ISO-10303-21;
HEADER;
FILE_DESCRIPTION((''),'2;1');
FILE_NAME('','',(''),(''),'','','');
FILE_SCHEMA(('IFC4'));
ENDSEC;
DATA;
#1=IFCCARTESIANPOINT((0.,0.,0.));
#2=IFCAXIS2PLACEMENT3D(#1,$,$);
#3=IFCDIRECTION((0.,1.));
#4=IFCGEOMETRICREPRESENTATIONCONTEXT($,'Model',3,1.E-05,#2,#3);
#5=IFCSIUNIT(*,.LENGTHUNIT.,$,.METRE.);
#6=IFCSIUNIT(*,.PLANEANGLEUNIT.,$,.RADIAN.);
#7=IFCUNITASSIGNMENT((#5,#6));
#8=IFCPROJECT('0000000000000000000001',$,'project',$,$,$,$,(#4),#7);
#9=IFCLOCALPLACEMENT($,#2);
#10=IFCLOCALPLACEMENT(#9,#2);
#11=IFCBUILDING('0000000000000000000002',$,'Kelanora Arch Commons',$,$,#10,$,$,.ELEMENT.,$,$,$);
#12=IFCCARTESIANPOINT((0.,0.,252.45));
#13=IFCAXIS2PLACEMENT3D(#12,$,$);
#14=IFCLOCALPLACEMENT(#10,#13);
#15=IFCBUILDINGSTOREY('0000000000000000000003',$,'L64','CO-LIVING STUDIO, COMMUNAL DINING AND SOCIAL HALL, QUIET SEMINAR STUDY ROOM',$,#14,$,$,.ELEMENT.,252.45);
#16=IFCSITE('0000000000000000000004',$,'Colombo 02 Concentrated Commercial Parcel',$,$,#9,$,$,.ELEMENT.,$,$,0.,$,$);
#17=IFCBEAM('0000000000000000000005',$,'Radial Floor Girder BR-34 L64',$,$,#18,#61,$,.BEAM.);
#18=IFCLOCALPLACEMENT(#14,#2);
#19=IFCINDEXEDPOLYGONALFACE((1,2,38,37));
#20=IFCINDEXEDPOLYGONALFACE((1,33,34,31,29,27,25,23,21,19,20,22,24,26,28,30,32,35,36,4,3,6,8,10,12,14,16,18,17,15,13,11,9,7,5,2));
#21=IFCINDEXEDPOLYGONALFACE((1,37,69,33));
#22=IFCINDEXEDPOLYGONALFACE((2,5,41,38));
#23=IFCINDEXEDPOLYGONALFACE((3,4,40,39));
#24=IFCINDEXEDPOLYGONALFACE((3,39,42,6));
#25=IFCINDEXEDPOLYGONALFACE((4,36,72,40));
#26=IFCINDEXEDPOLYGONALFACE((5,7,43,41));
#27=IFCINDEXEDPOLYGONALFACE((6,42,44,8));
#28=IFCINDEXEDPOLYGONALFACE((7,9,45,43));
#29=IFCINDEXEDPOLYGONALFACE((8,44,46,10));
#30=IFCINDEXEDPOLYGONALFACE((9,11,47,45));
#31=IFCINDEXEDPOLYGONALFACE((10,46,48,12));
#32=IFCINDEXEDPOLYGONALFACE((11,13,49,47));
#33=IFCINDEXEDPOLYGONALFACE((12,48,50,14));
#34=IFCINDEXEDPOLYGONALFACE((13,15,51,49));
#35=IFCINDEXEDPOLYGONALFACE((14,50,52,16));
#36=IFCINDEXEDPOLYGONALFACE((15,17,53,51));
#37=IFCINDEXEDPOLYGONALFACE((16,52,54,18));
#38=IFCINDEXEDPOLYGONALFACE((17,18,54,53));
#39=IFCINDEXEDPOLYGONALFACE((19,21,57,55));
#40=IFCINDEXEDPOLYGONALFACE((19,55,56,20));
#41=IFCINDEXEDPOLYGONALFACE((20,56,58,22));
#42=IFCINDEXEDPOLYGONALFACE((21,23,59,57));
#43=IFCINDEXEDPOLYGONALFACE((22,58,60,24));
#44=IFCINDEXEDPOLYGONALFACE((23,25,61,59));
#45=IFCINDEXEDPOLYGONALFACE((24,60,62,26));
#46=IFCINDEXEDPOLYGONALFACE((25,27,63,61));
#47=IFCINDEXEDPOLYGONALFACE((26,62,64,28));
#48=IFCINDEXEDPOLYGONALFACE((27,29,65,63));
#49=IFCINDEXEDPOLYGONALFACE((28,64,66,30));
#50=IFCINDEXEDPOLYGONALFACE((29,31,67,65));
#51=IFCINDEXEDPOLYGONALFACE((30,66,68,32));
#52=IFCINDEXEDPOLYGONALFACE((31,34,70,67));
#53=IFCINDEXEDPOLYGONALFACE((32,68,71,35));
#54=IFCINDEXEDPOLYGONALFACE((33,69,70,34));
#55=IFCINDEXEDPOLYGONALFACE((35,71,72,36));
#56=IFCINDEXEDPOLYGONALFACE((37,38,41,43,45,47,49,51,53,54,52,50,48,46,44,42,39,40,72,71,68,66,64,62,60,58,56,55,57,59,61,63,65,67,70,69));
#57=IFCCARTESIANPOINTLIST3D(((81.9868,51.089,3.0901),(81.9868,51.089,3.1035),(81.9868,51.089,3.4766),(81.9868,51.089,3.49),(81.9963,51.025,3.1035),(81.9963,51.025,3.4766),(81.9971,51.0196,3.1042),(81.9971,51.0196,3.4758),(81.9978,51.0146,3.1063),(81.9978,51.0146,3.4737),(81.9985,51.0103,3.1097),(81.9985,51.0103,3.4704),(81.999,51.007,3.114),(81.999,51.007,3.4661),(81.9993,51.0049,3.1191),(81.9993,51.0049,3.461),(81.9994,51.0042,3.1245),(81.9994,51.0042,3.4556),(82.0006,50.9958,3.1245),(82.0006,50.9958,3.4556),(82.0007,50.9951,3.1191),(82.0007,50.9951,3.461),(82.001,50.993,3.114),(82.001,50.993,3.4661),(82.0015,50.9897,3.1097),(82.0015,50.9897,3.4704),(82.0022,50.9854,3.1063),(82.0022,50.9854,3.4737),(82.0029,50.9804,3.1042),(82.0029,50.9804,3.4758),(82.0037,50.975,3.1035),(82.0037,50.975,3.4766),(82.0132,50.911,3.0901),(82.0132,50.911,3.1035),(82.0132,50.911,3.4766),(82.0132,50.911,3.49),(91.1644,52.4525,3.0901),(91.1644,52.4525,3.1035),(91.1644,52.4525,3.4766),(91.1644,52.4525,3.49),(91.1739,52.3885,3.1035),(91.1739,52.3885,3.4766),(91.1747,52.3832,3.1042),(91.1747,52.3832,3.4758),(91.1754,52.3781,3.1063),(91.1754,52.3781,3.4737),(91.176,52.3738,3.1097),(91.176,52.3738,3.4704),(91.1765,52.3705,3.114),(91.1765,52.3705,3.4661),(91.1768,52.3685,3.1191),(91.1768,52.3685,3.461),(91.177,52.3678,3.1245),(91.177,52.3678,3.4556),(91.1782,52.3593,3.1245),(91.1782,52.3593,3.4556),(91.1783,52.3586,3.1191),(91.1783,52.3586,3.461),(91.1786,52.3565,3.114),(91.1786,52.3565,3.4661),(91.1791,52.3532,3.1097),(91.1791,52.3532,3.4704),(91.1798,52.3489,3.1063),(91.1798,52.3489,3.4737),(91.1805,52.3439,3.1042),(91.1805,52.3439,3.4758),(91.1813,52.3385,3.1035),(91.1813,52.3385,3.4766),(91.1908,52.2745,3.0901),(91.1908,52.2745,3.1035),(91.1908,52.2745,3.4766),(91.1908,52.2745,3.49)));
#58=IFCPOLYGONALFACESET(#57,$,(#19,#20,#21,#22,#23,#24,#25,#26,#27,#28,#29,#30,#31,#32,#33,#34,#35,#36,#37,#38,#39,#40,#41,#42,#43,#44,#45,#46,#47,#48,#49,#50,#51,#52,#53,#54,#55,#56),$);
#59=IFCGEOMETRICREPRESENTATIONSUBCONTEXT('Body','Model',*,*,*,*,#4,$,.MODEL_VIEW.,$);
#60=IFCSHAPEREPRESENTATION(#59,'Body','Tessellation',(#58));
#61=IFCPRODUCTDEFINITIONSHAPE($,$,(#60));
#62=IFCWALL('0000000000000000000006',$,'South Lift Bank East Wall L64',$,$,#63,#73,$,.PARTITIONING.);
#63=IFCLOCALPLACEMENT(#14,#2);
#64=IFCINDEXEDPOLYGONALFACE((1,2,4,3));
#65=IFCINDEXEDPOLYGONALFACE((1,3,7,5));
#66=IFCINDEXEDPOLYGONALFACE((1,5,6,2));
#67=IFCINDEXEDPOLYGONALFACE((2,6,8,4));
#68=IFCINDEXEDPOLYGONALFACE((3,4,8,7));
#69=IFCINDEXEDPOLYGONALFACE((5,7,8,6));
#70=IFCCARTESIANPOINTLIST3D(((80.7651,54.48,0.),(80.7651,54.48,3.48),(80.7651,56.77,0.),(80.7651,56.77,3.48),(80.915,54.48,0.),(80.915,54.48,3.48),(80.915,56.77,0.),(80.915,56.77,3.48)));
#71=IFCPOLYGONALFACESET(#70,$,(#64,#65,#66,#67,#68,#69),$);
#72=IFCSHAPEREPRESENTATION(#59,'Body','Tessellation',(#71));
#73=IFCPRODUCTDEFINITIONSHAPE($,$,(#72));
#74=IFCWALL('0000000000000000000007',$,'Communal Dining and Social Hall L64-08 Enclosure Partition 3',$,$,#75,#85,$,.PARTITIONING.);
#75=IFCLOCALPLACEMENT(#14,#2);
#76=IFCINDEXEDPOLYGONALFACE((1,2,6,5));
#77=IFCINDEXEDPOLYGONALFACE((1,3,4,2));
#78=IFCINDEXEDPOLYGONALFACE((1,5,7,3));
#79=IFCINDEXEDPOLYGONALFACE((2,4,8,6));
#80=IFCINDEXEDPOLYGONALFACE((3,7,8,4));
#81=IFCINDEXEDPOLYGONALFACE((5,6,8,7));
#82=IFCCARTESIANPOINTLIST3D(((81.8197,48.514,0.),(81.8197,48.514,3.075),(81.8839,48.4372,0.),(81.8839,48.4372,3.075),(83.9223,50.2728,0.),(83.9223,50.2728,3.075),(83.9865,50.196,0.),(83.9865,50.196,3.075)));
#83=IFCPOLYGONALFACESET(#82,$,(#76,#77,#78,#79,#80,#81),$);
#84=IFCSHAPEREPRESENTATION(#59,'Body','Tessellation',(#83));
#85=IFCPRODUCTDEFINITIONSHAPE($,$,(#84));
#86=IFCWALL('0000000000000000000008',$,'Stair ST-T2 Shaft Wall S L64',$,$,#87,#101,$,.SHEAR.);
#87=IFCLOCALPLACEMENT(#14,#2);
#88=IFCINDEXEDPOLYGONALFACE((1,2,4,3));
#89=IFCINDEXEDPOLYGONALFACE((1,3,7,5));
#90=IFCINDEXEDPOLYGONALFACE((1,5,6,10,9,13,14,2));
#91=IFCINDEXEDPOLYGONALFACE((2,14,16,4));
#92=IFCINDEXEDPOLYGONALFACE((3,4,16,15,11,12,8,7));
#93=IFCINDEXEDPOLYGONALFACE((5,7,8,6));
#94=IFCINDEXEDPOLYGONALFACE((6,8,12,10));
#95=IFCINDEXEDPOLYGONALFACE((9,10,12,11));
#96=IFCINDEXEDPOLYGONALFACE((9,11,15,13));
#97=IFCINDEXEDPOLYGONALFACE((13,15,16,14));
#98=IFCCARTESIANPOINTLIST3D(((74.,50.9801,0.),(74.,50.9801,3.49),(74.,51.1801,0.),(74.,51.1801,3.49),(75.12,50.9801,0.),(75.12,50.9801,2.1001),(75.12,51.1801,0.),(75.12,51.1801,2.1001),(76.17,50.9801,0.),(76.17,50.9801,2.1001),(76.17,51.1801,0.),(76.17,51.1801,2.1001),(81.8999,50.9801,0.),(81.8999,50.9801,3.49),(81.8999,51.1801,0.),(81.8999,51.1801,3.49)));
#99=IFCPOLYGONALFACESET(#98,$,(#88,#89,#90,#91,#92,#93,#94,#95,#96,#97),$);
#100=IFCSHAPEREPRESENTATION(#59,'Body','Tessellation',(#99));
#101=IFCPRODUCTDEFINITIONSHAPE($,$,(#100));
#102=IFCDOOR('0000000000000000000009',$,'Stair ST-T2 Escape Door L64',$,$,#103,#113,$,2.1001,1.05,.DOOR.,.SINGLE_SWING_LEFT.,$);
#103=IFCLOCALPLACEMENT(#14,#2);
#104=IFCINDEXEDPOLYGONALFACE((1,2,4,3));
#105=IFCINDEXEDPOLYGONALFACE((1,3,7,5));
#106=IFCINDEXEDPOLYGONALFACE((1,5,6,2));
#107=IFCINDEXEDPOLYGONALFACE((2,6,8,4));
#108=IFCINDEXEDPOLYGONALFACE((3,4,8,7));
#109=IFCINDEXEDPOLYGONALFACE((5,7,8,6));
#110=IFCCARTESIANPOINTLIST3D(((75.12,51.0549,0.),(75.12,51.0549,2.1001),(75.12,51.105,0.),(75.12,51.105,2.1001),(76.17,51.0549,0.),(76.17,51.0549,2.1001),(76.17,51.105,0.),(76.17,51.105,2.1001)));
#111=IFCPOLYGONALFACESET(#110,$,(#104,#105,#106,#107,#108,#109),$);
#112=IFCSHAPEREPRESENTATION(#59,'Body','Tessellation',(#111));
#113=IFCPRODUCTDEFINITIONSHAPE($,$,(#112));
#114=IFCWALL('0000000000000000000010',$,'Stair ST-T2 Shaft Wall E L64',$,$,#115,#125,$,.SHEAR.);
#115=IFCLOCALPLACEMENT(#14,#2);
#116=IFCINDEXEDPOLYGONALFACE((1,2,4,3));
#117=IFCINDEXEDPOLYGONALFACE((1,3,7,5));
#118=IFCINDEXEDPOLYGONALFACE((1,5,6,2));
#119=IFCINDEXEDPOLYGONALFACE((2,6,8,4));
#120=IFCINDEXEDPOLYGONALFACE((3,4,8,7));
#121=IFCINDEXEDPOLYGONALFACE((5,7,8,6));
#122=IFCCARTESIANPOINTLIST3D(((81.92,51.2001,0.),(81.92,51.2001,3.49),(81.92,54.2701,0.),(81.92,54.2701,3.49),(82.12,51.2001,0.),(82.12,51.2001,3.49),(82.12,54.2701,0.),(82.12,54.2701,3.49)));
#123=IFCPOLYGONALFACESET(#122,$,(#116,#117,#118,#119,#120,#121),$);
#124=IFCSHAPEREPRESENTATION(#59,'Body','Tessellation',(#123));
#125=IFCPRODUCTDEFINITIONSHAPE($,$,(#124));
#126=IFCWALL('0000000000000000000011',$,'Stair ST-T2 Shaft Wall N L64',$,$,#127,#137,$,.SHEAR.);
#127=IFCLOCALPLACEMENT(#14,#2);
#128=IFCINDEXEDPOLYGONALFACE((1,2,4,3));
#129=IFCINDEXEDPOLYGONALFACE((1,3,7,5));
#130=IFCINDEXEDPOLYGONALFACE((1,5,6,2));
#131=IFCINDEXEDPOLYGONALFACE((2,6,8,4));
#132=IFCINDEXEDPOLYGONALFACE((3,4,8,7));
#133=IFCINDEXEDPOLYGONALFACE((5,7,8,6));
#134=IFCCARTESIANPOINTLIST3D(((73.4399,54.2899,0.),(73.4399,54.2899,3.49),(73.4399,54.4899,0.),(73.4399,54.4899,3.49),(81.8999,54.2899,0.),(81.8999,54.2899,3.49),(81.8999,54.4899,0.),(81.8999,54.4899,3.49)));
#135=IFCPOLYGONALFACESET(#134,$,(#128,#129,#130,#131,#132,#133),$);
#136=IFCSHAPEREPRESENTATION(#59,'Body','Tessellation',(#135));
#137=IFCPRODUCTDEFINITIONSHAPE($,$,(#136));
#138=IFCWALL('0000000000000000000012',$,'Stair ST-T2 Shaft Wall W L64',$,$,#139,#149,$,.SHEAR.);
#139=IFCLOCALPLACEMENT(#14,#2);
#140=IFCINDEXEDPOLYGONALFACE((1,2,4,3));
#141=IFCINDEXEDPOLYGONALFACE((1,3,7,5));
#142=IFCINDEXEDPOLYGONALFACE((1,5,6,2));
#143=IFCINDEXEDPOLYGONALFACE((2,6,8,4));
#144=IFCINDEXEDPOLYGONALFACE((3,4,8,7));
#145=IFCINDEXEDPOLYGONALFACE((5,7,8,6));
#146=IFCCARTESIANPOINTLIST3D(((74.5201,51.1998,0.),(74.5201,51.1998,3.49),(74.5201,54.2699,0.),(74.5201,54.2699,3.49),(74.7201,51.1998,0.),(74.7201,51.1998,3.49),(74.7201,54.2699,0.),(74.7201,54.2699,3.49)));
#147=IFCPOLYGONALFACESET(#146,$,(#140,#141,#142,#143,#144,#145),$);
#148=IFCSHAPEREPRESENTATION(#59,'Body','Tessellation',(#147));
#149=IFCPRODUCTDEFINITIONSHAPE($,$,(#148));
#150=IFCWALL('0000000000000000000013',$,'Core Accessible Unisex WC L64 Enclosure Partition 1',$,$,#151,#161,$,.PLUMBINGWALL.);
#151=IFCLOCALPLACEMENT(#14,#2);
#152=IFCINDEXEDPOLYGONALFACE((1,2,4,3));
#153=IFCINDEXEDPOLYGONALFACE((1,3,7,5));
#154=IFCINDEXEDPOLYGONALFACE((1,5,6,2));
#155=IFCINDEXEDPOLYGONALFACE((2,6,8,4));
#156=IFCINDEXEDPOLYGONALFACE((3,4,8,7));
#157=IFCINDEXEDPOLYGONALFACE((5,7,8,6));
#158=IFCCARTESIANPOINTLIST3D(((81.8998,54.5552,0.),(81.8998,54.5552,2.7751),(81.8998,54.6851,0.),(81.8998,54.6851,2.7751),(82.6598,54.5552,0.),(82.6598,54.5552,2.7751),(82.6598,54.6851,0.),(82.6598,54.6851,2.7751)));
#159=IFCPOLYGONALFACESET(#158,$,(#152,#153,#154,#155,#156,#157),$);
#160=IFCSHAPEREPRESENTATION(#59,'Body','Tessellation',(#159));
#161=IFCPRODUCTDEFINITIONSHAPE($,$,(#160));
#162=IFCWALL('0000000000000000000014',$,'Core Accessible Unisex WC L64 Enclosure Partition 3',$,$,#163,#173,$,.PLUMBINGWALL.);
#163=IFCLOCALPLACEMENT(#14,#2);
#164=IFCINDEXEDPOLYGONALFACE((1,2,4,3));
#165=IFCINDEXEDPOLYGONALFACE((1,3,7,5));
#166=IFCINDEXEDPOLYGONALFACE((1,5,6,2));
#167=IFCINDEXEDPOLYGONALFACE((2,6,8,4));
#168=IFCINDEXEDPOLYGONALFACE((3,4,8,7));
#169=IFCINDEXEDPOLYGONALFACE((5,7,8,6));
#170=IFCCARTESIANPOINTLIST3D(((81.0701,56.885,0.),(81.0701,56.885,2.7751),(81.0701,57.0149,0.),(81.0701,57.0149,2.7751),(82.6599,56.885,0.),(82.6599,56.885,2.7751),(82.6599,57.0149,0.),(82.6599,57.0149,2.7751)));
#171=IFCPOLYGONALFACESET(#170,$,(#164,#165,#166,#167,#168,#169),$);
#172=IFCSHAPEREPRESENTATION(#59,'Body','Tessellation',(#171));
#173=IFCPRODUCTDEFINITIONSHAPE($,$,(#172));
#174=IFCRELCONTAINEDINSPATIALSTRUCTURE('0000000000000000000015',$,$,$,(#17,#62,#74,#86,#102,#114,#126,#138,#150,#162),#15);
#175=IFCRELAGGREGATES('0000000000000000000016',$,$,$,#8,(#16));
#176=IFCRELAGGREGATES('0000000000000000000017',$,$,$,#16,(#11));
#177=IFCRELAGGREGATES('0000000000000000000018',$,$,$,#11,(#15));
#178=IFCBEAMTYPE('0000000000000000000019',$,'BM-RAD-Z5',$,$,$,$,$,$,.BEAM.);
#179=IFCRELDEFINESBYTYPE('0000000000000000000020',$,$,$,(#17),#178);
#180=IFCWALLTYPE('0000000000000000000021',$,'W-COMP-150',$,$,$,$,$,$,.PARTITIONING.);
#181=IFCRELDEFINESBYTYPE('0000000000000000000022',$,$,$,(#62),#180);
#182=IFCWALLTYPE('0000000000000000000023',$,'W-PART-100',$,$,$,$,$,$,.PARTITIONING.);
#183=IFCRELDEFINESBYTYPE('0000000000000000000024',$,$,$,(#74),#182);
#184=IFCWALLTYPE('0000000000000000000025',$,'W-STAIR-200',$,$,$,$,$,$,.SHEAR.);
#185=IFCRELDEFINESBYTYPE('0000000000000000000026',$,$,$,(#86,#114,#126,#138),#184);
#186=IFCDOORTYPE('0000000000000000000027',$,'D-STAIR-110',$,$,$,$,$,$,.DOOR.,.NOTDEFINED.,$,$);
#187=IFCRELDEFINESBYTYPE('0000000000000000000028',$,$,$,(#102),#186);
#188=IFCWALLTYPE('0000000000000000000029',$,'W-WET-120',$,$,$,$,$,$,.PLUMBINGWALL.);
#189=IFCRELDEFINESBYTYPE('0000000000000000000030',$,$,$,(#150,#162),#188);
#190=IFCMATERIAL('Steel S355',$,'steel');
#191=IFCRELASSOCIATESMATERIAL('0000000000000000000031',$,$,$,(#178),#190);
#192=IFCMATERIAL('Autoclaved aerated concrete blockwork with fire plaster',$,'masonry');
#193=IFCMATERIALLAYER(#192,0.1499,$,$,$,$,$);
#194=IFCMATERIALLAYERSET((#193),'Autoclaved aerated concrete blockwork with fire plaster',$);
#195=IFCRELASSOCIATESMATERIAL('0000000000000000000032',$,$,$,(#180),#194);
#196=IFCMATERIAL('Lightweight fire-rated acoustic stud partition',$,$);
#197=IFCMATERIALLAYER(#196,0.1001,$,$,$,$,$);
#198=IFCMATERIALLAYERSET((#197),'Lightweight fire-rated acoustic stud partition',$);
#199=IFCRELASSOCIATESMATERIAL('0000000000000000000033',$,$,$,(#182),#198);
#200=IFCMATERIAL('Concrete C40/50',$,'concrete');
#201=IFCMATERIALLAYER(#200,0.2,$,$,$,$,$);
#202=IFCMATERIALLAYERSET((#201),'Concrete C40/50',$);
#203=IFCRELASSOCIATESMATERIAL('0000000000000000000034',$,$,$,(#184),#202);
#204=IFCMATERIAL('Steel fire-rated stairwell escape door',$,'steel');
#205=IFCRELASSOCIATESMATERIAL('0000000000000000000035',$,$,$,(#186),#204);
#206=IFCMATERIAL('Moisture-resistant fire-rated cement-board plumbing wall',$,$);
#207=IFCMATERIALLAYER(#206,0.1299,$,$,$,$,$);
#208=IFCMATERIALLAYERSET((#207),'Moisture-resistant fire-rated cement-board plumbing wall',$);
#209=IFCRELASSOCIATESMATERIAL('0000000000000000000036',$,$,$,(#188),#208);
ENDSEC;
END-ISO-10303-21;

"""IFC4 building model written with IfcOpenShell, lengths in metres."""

from ifc_helpers import new_model, si_unit, direction, frame, frame_2d, origin, origin_2d, place, context, subcontext, project, spatial, rectangle, i_section, extrude, material, layer, layer_set, material_profile, profile_set, type_object, element, fill, save


model = new_model("IFC4")

# Units and contexts
model_context = context("Model", 3, precision=1e-05, world=origin(), true_north=direction((0.0, 1.0)))
body_context = subcontext(model_context, "Body", "Model", "MODEL_VIEW")
ifc_project = project(units=[si_unit("LENGTHUNIT", "METRE"), si_unit("PLANEANGLEUNIT", "RADIAN")], contexts=[model_context])

# Site, building, storey
site_placement = place(None, origin())
site = spatial("IfcSite", under=ifc_project, at=site_placement, Name="Colombo 02 Concentrated Commercial Parcel", CompositionType="ELEMENT", RefElevation=0.0)
building_placement = place(site_placement, origin())
building = spatial("IfcBuilding", under=site, at=building_placement, Name="Kelanora Arch Commons", CompositionType="ELEMENT")
storey_placement = place(building_placement, frame((0.0, 0.0, 252.45)))
storey = spatial("IfcBuildingStorey", under=building, at=storey_placement, Name="L64", Description="CO-LIVING STUDIO, COMMUNAL DINING AND SOCIAL HALL, QUIET SEMINAR STUDY ROOM", CompositionType="ELEMENT", Elevation=252.45)

# Beam
ifc_material_1 = material(Name="Steel S355", Category="steel")
ifc_material_profile_1 = material_profile(ifc_material_1, i_section(OverallWidth=0.1799, OverallDepth=0.3999, WebThickness=0.0085, FlangeThickness=0.0134, FilletRadius=0.021, at=origin_2d()), Name="IPE400")
ifc_profile_set_1 = profile_set([ifc_material_profile_1], Name="Steel S355")
beam_type_1 = type_object("IfcBeamType", Name="BM-RAD-Z5", PredefinedType="BEAM", material=ifc_profile_set_1)
beam_1_placement = place(storey_placement, frame((82.0, 51.0, 3.29), z_axis=(0.989142, 0.14696, 0.0), x_axis=(-0.14696, 0.989142, 0.0)))
element("IfcBeam", 1, at=beam_1_placement, inside=storey, type_object=beam_type_1, Name="Radial Floor Girder BR-34 L64", PredefinedType="BEAM", context=body_context, shape_type="SweptSolid", body=[
    extrude(i_section(OverallWidth=0.1799, OverallDepth=0.3999, WebThickness=0.0085, FlangeThickness=0.0134, FilletRadius=0.021, at=origin_2d()), origin(), (0.0, 0.0, 1.0), 9.2783),
])

# Walls
ifc_material_2 = material(Name="Autoclaved aerated concrete blockwork with fire plaster", Category="masonry")
ifc_layer_1 = layer(ifc_material_2, 0.1499)
ifc_layer_set_1 = layer_set([ifc_layer_1], Name="Autoclaved aerated concrete blockwork with fire plaster")
wall_type_1 = type_object("IfcWallType", Name="W-COMP-150", PredefinedType="PARTITIONING", material=ifc_layer_set_1)
wall_1_placement = place(storey_placement, frame((80.8401, 54.48, 0.0), z_axis=(0.0, 0.0, 1.0), x_axis=(0.0, 1.0, 0.0)))
element("IfcWall", 2, at=wall_1_placement, inside=storey, type_object=wall_type_1, Name="South Lift Bank East Wall L64", PredefinedType="PARTITIONING", context=body_context, shape_type="SweptSolid", body=[
    extrude(rectangle(XDim=2.29, YDim=0.1499, at=frame_2d((1.145, 0.0))), origin(), (0.0, 0.0, 1.0), 3.48),
])
ifc_material_3 = material(Name="Lightweight fire-rated acoustic stud partition")
ifc_layer_2 = layer(ifc_material_3, 0.1001)
ifc_layer_set_2 = layer_set([ifc_layer_2], Name="Lightweight fire-rated acoustic stud partition")
wall_type_2 = type_object("IfcWallType", Name="W-PART-100", PredefinedType="PARTITIONING", material=ifc_layer_set_2)
wall_2_placement = place(storey_placement, frame((81.8518, 48.4756, 0.0), z_axis=(0.0, 0.0, 1.0), x_axis=(0.767023, 0.64162, 0.0)))
element("IfcWall", 3, at=wall_2_placement, inside=storey, type_object=wall_type_2, Name="Communal Dining and Social Hall L64-08 Enclosure Partition 3", PredefinedType="PARTITIONING", context=body_context, shape_type="SweptSolid", body=[
    extrude(rectangle(XDim=2.7412, YDim=0.1001, at=frame_2d((1.3706, 0.0))), origin(), (0.0, 0.0, 1.0), 3.075),
])

# Wall, opening, door
ifc_material_4 = material(Name="Concrete C40/50", Category="concrete")
ifc_layer_3 = layer(ifc_material_4, 0.2)
ifc_layer_set_3 = layer_set([ifc_layer_3], Name="Concrete C40/50")
wall_type_3 = type_object("IfcWallType", Name="W-STAIR-200", PredefinedType="SHEAR", material=ifc_layer_set_3)
wall_3_placement = place(storey_placement, frame((74.0, 51.0801, 0.0), z_axis=(0.0, 0.0, 1.0), x_axis=(1.0, 0.0, 0.0)))
wall_3 = element("IfcWall", 4, at=wall_3_placement, inside=storey, type_object=wall_type_3, Name="Stair ST-T2 Shaft Wall S L64", PredefinedType="SHEAR", context=body_context, shape_type="SweptSolid", body=[
    extrude(rectangle(XDim=7.8999, YDim=0.2, at=frame_2d((3.95, 0.0))), origin(), (0.0, 0.0, 1.0), 3.49),
])
opening_placement = place(wall_3_placement, frame((1.1201, 0.0, 0.0)))
opening = element("IfcOpeningElement", 5, at=opening_placement, cuts=wall_3, PredefinedType="OPENING", context=body_context, shape_type="SweptSolid", body=[
    extrude(rectangle(XDim=1.05, YDim=2.1001, at=frame_2d((0.5249, 1.05))), frame((0.0, 0.1099, 0.0), z_axis=(0.0, -1.0, 0.0), x_axis=(1.0, 0.0, 0.0)), (0.0, 0.0, 1.0), 0.22),
])
ifc_material_5 = material(Name="Steel fire-rated stairwell escape door", Category="steel")
door_type = type_object("IfcDoorType", Name="D-STAIR-110", OperationType="NOTDEFINED", PredefinedType="DOOR", material=ifc_material_5)
door_placement = place(opening_placement, origin())
door = element("IfcDoor", 6, at=door_placement, inside=storey, type_object=door_type, Name="Stair ST-T2 Escape Door L64", OperationType="SINGLE_SWING_LEFT", OverallHeight=2.1001, OverallWidth=1.05, PredefinedType="DOOR", context=body_context, shape_type="SweptSolid", body=[
    extrude(rectangle(XDim=1.05, YDim=2.1001, at=frame_2d((0.5249, 1.05))), frame((0.0, 0.0249, 0.0), z_axis=(0.0, -1.0, 0.0), x_axis=(1.0, 0.0, 0.0)), (0.0, 0.0, 1.0), 0.05),
])
fill(opening, door)

# Walls
wall_4_placement = place(storey_placement, frame((82.02, 51.2, 0.0), z_axis=(0.0, 0.0, 1.0), x_axis=(0.0, 1.0, 0.0)))
element("IfcWall", 7, at=wall_4_placement, inside=storey, type_object=wall_type_3, Name="Stair ST-T2 Shaft Wall E L64", PredefinedType="SHEAR", context=body_context, shape_type="SweptSolid", body=[
    extrude(rectangle(XDim=3.0701, YDim=0.2, at=frame_2d((1.5352, 0.0))), origin(), (0.0, 0.0, 1.0), 3.49),
])
wall_5_placement = place(storey_placement, frame((81.8999, 54.3899, 0.0), z_axis=(0.0, 0.0, 1.0), x_axis=(-1.0, 0.0, 0.0)))
element("IfcWall", 8, at=wall_5_placement, inside=storey, type_object=wall_type_3, Name="Stair ST-T2 Shaft Wall N L64", PredefinedType="SHEAR", context=body_context, shape_type="SweptSolid", body=[
    extrude(rectangle(XDim=8.46, YDim=0.2, at=frame_2d((4.23, 0.0))), origin(), (0.0, 0.0, 1.0), 3.49),
])
wall_6_placement = place(storey_placement, frame((74.6201, 54.27, 0.0), z_axis=(0.0, 0.0, 1.0), x_axis=(0.0, -1.0, 0.0)))
element("IfcWall", 9, at=wall_6_placement, inside=storey, type_object=wall_type_3, Name="Stair ST-T2 Shaft Wall W L64", PredefinedType="SHEAR", context=body_context, shape_type="SweptSolid", body=[
    extrude(rectangle(XDim=3.0701, YDim=0.2, at=frame_2d((1.5352, 0.0))), origin(), (0.0, 0.0, 1.0), 3.49),
])
ifc_material_6 = material(Name="Moisture-resistant fire-rated cement-board plumbing wall")
ifc_layer_4 = layer(ifc_material_6, 0.1299)
ifc_layer_set_4 = layer_set([ifc_layer_4], Name="Moisture-resistant fire-rated cement-board plumbing wall")
wall_type_4 = type_object("IfcWallType", Name="W-WET-120", PredefinedType="PLUMBINGWALL", material=ifc_layer_set_4)
wall_7_placement = place(storey_placement, frame((81.8999, 54.6201, 0.0), z_axis=(0.0, 0.0, 1.0), x_axis=(1.0, 0.0, 0.0)))
element("IfcWall", 10, at=wall_7_placement, inside=storey, type_object=wall_type_4, Name="Core Accessible Unisex WC L64 Enclosure Partition 1", PredefinedType="PLUMBINGWALL", context=body_context, shape_type="SweptSolid", body=[
    extrude(rectangle(XDim=0.76, YDim=0.1299, at=frame_2d((0.3799, 0.0))), origin(), (0.0, 0.0, 1.0), 2.7751),
])
wall_8_placement = place(storey_placement, frame((82.6599, 56.95, 0.0), z_axis=(0.0, 0.0, 1.0), x_axis=(-1.0, 0.0, 0.0)))
element("IfcWall", 11, at=wall_8_placement, inside=storey, type_object=wall_type_4, Name="Core Accessible Unisex WC L64 Enclosure Partition 3", PredefinedType="PLUMBINGWALL", context=body_context, shape_type="SweptSolid", body=[
    extrude(rectangle(XDim=1.5898, YDim=0.1299, at=frame_2d((0.7949, 0.0))), origin(), (0.0, 0.0, 1.0), 2.7751),
])

save(model, "model.ifc")
